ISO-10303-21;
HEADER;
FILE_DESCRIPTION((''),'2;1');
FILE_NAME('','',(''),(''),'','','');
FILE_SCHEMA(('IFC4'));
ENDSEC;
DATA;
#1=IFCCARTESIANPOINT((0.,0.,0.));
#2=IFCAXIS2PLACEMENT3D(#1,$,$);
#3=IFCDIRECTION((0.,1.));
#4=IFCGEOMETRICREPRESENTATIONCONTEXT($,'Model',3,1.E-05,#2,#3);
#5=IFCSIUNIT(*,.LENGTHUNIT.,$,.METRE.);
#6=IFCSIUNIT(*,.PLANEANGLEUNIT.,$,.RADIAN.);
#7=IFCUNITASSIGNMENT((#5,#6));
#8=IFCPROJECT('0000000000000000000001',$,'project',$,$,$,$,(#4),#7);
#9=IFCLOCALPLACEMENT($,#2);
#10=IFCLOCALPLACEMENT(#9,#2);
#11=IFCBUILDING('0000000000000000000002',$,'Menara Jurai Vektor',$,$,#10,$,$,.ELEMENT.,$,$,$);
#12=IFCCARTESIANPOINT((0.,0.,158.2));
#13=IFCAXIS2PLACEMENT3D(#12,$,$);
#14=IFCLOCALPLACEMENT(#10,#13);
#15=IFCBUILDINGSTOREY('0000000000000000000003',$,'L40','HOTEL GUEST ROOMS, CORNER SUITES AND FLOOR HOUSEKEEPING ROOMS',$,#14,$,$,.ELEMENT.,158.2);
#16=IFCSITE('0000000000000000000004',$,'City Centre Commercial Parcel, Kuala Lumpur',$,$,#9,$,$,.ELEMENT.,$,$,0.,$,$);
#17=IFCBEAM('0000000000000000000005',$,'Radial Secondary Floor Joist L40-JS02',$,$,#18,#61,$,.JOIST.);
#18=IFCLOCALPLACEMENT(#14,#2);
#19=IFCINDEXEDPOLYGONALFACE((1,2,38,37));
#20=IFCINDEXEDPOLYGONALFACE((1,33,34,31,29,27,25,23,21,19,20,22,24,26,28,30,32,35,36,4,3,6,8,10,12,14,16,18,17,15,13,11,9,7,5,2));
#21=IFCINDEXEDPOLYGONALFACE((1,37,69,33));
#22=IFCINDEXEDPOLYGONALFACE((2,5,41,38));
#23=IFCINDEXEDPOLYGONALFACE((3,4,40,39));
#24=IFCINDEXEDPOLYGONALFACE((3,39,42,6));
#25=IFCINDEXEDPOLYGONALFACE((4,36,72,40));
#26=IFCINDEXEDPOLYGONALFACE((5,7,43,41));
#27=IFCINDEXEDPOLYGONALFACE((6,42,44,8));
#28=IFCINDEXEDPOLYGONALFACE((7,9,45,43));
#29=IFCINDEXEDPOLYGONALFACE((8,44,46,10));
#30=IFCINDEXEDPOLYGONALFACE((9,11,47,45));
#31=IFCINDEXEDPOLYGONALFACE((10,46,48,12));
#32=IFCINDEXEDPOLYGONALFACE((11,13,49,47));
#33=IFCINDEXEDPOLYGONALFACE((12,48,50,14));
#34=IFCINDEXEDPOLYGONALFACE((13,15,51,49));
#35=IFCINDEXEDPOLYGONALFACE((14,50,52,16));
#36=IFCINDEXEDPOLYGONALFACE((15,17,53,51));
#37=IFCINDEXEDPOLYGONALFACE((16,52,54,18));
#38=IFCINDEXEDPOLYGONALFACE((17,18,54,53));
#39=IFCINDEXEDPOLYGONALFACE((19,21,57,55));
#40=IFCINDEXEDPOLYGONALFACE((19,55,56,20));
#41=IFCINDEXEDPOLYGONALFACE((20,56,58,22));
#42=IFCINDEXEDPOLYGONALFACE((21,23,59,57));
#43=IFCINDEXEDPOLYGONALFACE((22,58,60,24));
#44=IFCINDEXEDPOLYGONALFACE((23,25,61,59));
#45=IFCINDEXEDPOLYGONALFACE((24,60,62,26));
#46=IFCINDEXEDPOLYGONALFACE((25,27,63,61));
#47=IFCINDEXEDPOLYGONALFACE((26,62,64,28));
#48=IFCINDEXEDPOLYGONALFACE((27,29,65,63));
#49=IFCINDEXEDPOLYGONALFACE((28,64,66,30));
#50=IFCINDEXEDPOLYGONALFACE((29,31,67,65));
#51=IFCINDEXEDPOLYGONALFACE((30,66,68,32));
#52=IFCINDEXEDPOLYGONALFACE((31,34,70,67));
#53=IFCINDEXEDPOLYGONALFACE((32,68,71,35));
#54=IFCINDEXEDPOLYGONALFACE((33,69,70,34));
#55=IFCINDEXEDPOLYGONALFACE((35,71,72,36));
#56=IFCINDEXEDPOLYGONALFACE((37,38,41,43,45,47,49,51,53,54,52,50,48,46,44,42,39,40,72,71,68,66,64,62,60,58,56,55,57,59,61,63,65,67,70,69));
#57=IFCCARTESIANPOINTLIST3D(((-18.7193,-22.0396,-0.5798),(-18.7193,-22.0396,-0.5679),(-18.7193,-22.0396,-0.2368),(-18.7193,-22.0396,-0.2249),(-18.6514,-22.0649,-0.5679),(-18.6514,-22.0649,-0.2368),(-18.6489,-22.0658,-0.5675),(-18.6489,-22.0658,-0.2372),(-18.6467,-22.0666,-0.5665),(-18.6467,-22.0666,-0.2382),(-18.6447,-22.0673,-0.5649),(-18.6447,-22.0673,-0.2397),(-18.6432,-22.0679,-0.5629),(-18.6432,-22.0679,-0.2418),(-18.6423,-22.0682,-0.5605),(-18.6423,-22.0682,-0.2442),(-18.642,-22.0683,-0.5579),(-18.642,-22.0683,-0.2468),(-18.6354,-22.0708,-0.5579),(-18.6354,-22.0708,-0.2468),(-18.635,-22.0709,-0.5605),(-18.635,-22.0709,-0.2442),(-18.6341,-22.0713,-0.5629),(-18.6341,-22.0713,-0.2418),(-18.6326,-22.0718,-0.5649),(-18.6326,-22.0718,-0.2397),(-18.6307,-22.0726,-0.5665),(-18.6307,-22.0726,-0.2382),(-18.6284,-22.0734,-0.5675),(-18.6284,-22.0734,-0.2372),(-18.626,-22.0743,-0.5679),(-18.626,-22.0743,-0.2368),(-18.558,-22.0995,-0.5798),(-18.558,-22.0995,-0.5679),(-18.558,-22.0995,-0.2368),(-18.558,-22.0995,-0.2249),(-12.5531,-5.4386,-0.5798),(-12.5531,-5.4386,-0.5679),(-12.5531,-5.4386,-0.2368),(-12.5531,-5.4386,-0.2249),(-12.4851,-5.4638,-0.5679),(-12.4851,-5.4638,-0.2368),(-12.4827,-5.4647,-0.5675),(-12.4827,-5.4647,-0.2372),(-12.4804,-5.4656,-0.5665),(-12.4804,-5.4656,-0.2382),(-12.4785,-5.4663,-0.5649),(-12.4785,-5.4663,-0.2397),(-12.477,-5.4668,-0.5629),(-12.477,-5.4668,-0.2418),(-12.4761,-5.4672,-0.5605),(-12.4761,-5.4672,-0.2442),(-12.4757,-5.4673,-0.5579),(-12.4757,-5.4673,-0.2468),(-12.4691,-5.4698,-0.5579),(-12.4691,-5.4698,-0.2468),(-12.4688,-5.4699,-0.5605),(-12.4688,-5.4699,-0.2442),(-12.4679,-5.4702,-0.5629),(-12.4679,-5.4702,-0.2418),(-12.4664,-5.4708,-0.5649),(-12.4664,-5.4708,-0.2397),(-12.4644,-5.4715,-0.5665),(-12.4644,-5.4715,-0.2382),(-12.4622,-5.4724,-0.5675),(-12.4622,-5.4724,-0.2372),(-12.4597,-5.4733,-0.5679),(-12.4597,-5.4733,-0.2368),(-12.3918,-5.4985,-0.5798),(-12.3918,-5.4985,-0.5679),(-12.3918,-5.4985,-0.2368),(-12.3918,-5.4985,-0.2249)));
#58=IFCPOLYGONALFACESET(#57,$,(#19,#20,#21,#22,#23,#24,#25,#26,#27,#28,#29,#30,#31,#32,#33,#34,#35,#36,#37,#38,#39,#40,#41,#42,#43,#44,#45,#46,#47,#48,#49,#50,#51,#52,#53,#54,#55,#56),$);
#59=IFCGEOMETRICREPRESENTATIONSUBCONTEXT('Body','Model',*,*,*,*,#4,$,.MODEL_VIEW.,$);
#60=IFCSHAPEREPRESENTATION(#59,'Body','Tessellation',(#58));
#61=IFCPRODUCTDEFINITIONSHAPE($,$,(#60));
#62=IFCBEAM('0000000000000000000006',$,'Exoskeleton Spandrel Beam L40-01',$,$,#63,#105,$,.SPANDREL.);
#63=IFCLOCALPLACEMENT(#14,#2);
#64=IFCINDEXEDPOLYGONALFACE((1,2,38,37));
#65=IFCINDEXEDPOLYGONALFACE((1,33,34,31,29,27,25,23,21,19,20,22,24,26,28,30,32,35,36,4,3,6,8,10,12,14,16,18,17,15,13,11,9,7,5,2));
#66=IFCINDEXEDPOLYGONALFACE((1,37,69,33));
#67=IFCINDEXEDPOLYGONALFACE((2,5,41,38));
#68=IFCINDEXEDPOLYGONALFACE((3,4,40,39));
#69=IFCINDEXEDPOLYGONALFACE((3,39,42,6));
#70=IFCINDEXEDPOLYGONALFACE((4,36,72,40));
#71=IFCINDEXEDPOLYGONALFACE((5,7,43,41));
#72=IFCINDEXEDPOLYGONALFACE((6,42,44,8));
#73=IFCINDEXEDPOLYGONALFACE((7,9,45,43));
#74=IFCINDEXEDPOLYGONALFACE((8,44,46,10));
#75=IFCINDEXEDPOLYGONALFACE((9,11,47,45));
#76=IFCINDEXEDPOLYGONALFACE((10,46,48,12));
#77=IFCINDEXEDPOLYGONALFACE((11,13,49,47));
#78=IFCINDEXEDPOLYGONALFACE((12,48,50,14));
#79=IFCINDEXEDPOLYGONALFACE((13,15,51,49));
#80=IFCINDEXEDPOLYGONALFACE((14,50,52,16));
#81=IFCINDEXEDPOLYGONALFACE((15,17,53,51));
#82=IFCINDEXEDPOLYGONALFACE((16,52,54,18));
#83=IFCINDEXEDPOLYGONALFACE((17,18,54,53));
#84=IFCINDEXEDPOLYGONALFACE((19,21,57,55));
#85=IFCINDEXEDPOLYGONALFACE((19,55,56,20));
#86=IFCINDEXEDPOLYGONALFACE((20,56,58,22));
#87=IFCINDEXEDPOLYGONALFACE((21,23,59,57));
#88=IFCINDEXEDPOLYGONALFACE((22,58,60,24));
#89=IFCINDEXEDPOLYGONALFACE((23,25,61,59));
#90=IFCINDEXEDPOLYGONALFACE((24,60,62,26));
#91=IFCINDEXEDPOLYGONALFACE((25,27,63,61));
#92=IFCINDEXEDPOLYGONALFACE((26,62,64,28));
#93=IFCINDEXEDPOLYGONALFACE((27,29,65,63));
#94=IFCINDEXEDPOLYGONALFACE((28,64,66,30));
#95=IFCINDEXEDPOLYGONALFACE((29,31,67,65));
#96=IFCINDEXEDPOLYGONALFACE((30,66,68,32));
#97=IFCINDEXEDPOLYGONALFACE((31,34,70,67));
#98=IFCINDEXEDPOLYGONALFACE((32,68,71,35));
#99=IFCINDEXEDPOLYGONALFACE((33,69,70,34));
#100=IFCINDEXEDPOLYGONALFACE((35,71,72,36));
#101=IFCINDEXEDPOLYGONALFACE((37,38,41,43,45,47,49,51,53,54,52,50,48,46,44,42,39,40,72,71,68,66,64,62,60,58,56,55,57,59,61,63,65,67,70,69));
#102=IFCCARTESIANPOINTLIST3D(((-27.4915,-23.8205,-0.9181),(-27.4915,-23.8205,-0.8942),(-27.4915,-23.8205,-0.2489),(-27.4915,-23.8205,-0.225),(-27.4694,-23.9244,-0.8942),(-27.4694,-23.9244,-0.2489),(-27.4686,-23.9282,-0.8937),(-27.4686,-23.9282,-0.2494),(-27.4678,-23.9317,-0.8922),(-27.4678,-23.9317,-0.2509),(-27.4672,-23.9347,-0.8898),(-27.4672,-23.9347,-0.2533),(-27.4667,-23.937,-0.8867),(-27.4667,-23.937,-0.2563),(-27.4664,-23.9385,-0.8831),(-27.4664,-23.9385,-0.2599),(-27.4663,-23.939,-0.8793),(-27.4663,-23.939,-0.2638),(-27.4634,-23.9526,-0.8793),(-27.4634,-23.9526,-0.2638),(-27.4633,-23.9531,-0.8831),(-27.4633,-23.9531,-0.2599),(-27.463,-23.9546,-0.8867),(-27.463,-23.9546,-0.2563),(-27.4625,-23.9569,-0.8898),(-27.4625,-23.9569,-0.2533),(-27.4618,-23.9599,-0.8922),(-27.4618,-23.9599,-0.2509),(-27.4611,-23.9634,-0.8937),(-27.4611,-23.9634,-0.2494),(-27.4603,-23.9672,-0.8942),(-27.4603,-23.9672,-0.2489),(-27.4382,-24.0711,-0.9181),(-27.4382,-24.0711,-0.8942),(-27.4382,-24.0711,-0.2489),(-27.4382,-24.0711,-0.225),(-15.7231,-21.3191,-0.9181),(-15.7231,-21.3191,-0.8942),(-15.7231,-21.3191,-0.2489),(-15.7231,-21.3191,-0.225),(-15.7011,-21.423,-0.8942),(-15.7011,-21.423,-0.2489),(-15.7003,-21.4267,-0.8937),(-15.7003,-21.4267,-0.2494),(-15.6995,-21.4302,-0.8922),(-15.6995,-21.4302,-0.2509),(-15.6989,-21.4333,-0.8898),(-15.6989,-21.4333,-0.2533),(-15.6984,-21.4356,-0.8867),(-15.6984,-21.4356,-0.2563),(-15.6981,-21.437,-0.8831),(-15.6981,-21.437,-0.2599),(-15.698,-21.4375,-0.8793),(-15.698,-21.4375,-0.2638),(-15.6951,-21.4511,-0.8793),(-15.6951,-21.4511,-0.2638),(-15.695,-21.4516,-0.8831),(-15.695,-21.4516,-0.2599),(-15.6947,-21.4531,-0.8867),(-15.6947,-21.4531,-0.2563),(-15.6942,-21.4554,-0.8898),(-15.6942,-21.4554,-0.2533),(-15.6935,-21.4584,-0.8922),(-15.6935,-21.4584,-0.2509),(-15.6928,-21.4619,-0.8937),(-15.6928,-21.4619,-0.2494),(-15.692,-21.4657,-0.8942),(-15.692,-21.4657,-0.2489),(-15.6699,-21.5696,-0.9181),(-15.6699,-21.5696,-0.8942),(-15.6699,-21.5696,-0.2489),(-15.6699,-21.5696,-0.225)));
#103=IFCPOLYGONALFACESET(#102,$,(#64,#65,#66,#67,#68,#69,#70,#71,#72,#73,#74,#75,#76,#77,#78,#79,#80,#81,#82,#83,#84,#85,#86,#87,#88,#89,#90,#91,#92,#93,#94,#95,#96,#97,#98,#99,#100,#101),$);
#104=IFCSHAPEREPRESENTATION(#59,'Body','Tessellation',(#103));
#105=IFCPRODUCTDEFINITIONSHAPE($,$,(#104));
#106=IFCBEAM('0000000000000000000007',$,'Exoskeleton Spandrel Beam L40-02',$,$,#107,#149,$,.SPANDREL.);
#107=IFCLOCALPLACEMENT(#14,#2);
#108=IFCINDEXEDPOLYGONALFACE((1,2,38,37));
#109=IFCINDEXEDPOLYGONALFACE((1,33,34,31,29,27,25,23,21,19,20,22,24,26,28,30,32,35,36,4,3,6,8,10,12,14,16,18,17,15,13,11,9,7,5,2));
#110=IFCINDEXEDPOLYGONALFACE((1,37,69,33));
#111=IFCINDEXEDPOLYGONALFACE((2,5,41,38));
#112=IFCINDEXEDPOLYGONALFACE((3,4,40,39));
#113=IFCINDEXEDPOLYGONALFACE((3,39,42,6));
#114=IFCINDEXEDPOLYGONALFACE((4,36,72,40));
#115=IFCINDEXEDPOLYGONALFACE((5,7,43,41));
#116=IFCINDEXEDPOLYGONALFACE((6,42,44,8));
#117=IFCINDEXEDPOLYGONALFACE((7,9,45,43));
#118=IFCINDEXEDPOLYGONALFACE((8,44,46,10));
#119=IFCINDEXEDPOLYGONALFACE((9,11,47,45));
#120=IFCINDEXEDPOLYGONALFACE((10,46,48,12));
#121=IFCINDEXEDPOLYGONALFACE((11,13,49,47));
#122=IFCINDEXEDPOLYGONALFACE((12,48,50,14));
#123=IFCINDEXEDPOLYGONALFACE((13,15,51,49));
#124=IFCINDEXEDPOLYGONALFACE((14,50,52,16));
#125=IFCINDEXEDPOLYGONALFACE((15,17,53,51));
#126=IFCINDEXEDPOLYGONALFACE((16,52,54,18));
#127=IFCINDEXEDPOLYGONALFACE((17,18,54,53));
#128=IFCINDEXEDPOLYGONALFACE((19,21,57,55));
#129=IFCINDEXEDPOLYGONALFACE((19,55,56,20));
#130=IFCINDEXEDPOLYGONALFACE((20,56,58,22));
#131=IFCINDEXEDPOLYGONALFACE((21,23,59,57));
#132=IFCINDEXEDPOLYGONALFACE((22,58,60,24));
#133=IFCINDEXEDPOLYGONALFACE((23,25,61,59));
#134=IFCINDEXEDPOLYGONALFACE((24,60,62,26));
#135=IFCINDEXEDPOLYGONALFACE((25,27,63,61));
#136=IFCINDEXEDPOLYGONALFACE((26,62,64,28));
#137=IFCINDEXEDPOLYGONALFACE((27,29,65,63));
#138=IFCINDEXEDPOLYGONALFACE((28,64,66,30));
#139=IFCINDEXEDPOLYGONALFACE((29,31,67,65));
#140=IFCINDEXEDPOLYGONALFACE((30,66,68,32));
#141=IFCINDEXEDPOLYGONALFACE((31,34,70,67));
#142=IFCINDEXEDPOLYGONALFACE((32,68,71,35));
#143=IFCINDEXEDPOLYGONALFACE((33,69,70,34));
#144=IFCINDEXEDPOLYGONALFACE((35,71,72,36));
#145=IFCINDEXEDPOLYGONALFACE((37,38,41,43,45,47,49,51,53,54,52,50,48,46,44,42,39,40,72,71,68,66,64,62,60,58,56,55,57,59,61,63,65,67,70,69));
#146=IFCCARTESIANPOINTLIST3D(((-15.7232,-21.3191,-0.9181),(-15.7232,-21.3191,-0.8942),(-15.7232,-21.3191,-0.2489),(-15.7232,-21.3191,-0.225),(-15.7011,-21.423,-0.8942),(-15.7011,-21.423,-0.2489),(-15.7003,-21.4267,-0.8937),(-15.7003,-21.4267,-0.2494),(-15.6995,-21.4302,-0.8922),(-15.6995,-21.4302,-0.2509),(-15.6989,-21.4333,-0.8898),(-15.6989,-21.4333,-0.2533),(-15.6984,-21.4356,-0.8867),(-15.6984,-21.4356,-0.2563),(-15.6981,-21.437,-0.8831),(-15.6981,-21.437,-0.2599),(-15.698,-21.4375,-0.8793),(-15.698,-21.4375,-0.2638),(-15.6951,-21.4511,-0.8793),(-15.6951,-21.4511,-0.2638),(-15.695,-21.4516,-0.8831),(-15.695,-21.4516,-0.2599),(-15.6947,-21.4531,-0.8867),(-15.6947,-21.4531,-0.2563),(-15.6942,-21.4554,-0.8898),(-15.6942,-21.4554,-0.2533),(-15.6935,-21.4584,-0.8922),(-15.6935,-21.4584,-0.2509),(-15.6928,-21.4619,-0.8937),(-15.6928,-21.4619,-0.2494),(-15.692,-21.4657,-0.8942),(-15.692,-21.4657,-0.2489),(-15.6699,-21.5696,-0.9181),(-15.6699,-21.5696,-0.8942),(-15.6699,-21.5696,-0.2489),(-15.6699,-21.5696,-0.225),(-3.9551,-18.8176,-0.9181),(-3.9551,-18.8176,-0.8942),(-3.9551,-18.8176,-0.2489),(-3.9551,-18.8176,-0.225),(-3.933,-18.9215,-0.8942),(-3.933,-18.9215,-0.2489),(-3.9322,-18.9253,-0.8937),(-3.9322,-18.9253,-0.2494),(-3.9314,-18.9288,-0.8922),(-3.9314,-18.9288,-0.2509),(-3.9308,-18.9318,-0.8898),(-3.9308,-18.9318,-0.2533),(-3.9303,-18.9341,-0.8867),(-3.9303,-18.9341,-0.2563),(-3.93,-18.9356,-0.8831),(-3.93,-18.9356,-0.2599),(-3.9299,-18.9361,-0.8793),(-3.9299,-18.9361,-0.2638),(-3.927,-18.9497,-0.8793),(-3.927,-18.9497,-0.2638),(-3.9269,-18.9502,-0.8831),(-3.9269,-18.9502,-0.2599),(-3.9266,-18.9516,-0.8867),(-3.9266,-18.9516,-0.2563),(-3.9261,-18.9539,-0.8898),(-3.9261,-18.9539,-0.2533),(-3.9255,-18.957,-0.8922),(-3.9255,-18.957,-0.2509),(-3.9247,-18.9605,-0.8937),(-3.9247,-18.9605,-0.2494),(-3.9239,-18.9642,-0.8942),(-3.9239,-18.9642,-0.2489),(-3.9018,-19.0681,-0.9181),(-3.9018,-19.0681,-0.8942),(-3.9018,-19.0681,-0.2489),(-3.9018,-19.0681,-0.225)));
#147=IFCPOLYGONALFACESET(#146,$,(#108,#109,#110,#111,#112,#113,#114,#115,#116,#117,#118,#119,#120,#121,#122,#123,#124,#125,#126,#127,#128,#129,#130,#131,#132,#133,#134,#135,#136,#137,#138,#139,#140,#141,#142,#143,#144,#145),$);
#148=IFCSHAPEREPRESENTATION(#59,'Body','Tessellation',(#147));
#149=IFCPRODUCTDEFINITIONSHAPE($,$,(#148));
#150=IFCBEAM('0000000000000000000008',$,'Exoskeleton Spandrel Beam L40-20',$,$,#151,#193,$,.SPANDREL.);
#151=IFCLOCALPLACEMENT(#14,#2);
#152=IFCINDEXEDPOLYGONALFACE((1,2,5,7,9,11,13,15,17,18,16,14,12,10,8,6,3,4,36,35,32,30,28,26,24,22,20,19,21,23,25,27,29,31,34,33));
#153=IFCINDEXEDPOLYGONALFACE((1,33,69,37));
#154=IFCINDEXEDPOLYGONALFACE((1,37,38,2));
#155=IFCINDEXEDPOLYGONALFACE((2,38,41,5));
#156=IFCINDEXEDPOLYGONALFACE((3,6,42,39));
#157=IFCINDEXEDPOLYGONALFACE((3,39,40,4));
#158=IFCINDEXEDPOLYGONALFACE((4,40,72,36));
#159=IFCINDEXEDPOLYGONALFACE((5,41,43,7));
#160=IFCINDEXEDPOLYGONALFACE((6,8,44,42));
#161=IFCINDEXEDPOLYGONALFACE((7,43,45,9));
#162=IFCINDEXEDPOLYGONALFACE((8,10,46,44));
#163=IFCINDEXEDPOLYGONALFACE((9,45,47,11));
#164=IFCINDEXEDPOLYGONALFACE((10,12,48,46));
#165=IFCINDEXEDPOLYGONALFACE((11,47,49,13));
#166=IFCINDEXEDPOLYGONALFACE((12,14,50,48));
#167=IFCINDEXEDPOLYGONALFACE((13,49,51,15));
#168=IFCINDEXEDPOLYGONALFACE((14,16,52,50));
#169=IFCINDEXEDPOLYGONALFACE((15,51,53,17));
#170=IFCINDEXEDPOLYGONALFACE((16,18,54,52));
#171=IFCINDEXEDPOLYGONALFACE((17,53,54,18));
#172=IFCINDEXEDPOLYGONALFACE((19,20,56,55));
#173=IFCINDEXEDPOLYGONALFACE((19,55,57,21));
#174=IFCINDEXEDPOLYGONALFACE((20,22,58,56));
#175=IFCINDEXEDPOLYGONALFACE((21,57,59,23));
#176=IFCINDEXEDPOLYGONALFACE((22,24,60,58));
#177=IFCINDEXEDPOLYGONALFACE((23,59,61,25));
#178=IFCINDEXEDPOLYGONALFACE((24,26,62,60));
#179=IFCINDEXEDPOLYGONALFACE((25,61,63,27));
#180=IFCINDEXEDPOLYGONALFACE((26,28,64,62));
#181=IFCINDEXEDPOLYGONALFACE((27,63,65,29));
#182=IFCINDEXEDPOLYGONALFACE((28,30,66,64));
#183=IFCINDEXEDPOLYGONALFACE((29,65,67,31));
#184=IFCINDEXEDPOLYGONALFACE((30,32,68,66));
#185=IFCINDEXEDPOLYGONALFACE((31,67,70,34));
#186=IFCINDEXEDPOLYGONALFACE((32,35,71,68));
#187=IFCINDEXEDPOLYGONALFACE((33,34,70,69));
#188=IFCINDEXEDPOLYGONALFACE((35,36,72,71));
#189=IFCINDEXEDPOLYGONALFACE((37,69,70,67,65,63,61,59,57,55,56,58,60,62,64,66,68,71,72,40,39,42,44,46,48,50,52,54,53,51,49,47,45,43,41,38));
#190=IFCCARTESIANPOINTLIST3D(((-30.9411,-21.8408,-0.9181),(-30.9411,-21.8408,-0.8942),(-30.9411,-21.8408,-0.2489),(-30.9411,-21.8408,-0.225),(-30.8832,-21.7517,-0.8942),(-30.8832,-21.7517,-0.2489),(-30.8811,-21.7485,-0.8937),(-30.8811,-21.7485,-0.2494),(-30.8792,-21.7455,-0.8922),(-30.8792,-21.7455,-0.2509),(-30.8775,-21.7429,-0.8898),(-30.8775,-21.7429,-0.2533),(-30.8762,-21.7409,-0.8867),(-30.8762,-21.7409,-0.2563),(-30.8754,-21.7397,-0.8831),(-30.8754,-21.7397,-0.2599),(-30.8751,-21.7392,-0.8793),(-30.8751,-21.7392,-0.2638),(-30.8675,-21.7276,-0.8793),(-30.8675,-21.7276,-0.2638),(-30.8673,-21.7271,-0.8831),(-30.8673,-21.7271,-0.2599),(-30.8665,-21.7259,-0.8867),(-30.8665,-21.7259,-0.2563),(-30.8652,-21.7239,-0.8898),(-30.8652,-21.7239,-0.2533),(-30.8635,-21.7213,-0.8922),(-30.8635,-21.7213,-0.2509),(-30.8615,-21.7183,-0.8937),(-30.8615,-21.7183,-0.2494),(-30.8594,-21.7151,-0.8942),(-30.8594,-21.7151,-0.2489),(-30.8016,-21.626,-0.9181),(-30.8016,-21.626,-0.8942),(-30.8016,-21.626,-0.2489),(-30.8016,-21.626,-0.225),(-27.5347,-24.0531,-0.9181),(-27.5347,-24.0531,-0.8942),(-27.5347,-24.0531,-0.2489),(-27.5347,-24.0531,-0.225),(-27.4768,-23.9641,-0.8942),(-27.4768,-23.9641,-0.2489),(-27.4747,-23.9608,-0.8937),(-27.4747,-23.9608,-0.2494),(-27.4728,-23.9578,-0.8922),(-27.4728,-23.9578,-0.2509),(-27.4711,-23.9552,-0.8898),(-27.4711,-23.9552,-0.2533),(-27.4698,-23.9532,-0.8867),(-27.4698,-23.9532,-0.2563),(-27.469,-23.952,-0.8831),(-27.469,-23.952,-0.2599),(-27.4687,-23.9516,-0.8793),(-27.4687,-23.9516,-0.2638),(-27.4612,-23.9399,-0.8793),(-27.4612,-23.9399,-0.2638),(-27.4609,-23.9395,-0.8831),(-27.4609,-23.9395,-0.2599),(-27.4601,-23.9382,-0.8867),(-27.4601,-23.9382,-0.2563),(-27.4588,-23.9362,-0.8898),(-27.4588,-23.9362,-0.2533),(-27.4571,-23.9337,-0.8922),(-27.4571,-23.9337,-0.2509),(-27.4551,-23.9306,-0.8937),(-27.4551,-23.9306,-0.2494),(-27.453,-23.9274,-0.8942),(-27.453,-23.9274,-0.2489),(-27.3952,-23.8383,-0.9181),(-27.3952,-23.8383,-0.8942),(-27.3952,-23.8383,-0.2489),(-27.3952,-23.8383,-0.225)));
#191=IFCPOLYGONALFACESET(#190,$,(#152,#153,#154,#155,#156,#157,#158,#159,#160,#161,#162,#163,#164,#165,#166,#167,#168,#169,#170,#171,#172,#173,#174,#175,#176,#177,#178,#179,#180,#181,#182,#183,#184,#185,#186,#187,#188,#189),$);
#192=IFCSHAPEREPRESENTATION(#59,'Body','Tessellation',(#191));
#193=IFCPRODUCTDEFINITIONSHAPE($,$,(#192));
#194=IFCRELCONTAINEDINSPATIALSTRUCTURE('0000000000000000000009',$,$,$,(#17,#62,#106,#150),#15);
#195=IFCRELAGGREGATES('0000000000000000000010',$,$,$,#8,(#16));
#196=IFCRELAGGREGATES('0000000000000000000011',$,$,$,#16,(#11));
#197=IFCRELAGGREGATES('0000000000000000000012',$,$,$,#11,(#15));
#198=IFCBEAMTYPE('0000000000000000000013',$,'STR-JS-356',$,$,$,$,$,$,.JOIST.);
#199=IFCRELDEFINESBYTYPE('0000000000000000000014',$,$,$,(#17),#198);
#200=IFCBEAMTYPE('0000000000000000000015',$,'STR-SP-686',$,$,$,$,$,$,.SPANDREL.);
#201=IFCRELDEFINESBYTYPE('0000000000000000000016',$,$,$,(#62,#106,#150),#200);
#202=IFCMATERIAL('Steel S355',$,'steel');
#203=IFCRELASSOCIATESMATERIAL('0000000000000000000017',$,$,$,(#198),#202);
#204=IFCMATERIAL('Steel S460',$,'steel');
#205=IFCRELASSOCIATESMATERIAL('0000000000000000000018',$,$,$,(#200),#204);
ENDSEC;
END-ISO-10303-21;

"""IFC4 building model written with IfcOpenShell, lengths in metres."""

from ifc_helpers import new_model, si_unit, direction, frame, origin, origin_2d, place, context, subcontext, project, spatial, i_section, extrude, material, material_profile, profile_set, type_object, element, save


model = new_model("IFC4")

# Units and contexts
model_context = context("Model", 3, precision=1e-05, world=origin(), true_north=direction((0.0, 1.0)))
body_context = subcontext(model_context, "Body", "Model", "MODEL_VIEW")
ifc_project = project(units=[si_unit("LENGTHUNIT", "METRE"), si_unit("PLANEANGLEUNIT", "RADIAN")], contexts=[model_context])

# Site, building, storey
site_placement = place(None, origin())
site = spatial("IfcSite", under=ifc_project, at=site_placement, Name="City Centre Commercial Parcel, Kuala Lumpur", CompositionType="ELEMENT", RefElevation=0.0)
building_placement = place(site_placement, origin())
building = spatial("IfcBuilding", under=site, at=building_placement, Name="Menara Jurai Vektor", CompositionType="ELEMENT")
storey_placement = place(building_placement, frame((0.0, 0.0, 158.2)))
storey = spatial("IfcBuildingStorey", under=building, at=storey_placement, Name="L40", Description="HOTEL GUEST ROOMS, CORNER SUITES AND FLOOR HOUSEKEEPING ROOMS", CompositionType="ELEMENT", Elevation=158.2)

# Shared definitions
ifc_material_1 = material(Name="Steel S460", Category="steel")

# Shared definitions
ifc_material_2 = material(Name="Steel S355", Category="steel")

# Beams
ifc_material_profile_1 = material_profile(ifc_material_2, i_section(OverallWidth=0.1721, OverallDepth=0.355, WebThickness=0.0071, FlangeThickness=0.012, FilletRadius=0.01, at=origin_2d()), Name="UKB 356x171x51")
ifc_profile_set_1 = profile_set([ifc_material_profile_1], Name="Steel S355")
beam_type_1 = type_object("IfcBeamType", Name="STR-JS-356", PredefinedType="JOIST", material=ifc_profile_set_1)
beam_1_placement = place(storey_placement, frame((-18.6387, -22.0696, -0.4023), z_axis=(0.348194, 0.937423, 0.0), x_axis=(-0.937423, 0.348194, 0.0)))
element("IfcBeam", 1, at=beam_1_placement, inside=storey, type_object=beam_type_1, Name="Radial Secondary Floor Joist L40-JS02", PredefinedType="JOIST", context=body_context, shape_type="SweptSolid", body=[
    extrude(i_section(OverallWidth=0.1721, OverallDepth=0.355, WebThickness=0.0071, FlangeThickness=0.012, FilletRadius=0.01, at=origin_2d()), origin(), (0.0, 0.0, 1.0), 17.7092),
])
ifc_material_profile_2 = material_profile(ifc_material_1, i_section(OverallWidth=0.2561, OverallDepth=0.6931, WebThickness=0.0139, FlangeThickness=0.0239, FilletRadius=0.0149, at=origin_2d()), Name="UKB 686x254x170")
ifc_profile_set_2 = profile_set([ifc_material_profile_2], Name="Steel S460")
beam_type_2 = type_object("IfcBeamType", Name="STR-SP-686", PredefinedType="SPANDREL", material=ifc_profile_set_2)
beam_2_placement = place(storey_placement, frame((-27.4648, -23.9458, -0.5715), z_axis=(0.978147, 0.207914, 0.0), x_axis=(-0.207914, 0.978147, 0.0)))
element("IfcBeam", 2, at=beam_2_placement, inside=storey, type_object=beam_type_2, Name="Exoskeleton Spandrel Beam L40-01", PredefinedType="SPANDREL", context=body_context, shape_type="SweptSolid", body=[
    extrude(i_section(OverallWidth=0.2561, OverallDepth=0.6931, WebThickness=0.0139, FlangeThickness=0.0239, FilletRadius=0.0149, at=origin_2d()), origin(), (0.0, 0.0, 1.0), 12.0312),
])
beam_3_placement = place(storey_placement, frame((-15.6965, -21.4443, -0.5715), z_axis=(0.978146, 0.207918, 0.0), x_axis=(-0.207918, 0.978146, 0.0)))
element("IfcBeam", 3, at=beam_3_placement, inside=storey, type_object=beam_type_2, Name="Exoskeleton Spandrel Beam L40-02", PredefinedType="SPANDREL", context=body_context, shape_type="SweptSolid", body=[
    extrude(i_section(OverallWidth=0.2561, OverallDepth=0.6931, WebThickness=0.0139, FlangeThickness=0.0239, FilletRadius=0.0149, at=origin_2d()), origin(), (0.0, 0.0, 1.0), 12.031),
])
beam_4_placement = place(storey_placement, frame((-30.8713, -21.7334, -0.5715), z_axis=(0.838648, -0.544674, 0.0), x_axis=(0.544674, 0.838648, 0.0)))
element("IfcBeam", 4, at=beam_4_placement, inside=storey, type_object=beam_type_2, Name="Exoskeleton Spandrel Beam L40-20", PredefinedType="SPANDREL", context=body_context, shape_type="SweptSolid", body=[
    extrude(i_section(OverallWidth=0.2561, OverallDepth=0.6931, WebThickness=0.0139, FlangeThickness=0.0239, FilletRadius=0.0149, at=origin_2d()), origin(), (0.0, 0.0, 1.0), 4.0618),
])

save(model, "model.ifc")
